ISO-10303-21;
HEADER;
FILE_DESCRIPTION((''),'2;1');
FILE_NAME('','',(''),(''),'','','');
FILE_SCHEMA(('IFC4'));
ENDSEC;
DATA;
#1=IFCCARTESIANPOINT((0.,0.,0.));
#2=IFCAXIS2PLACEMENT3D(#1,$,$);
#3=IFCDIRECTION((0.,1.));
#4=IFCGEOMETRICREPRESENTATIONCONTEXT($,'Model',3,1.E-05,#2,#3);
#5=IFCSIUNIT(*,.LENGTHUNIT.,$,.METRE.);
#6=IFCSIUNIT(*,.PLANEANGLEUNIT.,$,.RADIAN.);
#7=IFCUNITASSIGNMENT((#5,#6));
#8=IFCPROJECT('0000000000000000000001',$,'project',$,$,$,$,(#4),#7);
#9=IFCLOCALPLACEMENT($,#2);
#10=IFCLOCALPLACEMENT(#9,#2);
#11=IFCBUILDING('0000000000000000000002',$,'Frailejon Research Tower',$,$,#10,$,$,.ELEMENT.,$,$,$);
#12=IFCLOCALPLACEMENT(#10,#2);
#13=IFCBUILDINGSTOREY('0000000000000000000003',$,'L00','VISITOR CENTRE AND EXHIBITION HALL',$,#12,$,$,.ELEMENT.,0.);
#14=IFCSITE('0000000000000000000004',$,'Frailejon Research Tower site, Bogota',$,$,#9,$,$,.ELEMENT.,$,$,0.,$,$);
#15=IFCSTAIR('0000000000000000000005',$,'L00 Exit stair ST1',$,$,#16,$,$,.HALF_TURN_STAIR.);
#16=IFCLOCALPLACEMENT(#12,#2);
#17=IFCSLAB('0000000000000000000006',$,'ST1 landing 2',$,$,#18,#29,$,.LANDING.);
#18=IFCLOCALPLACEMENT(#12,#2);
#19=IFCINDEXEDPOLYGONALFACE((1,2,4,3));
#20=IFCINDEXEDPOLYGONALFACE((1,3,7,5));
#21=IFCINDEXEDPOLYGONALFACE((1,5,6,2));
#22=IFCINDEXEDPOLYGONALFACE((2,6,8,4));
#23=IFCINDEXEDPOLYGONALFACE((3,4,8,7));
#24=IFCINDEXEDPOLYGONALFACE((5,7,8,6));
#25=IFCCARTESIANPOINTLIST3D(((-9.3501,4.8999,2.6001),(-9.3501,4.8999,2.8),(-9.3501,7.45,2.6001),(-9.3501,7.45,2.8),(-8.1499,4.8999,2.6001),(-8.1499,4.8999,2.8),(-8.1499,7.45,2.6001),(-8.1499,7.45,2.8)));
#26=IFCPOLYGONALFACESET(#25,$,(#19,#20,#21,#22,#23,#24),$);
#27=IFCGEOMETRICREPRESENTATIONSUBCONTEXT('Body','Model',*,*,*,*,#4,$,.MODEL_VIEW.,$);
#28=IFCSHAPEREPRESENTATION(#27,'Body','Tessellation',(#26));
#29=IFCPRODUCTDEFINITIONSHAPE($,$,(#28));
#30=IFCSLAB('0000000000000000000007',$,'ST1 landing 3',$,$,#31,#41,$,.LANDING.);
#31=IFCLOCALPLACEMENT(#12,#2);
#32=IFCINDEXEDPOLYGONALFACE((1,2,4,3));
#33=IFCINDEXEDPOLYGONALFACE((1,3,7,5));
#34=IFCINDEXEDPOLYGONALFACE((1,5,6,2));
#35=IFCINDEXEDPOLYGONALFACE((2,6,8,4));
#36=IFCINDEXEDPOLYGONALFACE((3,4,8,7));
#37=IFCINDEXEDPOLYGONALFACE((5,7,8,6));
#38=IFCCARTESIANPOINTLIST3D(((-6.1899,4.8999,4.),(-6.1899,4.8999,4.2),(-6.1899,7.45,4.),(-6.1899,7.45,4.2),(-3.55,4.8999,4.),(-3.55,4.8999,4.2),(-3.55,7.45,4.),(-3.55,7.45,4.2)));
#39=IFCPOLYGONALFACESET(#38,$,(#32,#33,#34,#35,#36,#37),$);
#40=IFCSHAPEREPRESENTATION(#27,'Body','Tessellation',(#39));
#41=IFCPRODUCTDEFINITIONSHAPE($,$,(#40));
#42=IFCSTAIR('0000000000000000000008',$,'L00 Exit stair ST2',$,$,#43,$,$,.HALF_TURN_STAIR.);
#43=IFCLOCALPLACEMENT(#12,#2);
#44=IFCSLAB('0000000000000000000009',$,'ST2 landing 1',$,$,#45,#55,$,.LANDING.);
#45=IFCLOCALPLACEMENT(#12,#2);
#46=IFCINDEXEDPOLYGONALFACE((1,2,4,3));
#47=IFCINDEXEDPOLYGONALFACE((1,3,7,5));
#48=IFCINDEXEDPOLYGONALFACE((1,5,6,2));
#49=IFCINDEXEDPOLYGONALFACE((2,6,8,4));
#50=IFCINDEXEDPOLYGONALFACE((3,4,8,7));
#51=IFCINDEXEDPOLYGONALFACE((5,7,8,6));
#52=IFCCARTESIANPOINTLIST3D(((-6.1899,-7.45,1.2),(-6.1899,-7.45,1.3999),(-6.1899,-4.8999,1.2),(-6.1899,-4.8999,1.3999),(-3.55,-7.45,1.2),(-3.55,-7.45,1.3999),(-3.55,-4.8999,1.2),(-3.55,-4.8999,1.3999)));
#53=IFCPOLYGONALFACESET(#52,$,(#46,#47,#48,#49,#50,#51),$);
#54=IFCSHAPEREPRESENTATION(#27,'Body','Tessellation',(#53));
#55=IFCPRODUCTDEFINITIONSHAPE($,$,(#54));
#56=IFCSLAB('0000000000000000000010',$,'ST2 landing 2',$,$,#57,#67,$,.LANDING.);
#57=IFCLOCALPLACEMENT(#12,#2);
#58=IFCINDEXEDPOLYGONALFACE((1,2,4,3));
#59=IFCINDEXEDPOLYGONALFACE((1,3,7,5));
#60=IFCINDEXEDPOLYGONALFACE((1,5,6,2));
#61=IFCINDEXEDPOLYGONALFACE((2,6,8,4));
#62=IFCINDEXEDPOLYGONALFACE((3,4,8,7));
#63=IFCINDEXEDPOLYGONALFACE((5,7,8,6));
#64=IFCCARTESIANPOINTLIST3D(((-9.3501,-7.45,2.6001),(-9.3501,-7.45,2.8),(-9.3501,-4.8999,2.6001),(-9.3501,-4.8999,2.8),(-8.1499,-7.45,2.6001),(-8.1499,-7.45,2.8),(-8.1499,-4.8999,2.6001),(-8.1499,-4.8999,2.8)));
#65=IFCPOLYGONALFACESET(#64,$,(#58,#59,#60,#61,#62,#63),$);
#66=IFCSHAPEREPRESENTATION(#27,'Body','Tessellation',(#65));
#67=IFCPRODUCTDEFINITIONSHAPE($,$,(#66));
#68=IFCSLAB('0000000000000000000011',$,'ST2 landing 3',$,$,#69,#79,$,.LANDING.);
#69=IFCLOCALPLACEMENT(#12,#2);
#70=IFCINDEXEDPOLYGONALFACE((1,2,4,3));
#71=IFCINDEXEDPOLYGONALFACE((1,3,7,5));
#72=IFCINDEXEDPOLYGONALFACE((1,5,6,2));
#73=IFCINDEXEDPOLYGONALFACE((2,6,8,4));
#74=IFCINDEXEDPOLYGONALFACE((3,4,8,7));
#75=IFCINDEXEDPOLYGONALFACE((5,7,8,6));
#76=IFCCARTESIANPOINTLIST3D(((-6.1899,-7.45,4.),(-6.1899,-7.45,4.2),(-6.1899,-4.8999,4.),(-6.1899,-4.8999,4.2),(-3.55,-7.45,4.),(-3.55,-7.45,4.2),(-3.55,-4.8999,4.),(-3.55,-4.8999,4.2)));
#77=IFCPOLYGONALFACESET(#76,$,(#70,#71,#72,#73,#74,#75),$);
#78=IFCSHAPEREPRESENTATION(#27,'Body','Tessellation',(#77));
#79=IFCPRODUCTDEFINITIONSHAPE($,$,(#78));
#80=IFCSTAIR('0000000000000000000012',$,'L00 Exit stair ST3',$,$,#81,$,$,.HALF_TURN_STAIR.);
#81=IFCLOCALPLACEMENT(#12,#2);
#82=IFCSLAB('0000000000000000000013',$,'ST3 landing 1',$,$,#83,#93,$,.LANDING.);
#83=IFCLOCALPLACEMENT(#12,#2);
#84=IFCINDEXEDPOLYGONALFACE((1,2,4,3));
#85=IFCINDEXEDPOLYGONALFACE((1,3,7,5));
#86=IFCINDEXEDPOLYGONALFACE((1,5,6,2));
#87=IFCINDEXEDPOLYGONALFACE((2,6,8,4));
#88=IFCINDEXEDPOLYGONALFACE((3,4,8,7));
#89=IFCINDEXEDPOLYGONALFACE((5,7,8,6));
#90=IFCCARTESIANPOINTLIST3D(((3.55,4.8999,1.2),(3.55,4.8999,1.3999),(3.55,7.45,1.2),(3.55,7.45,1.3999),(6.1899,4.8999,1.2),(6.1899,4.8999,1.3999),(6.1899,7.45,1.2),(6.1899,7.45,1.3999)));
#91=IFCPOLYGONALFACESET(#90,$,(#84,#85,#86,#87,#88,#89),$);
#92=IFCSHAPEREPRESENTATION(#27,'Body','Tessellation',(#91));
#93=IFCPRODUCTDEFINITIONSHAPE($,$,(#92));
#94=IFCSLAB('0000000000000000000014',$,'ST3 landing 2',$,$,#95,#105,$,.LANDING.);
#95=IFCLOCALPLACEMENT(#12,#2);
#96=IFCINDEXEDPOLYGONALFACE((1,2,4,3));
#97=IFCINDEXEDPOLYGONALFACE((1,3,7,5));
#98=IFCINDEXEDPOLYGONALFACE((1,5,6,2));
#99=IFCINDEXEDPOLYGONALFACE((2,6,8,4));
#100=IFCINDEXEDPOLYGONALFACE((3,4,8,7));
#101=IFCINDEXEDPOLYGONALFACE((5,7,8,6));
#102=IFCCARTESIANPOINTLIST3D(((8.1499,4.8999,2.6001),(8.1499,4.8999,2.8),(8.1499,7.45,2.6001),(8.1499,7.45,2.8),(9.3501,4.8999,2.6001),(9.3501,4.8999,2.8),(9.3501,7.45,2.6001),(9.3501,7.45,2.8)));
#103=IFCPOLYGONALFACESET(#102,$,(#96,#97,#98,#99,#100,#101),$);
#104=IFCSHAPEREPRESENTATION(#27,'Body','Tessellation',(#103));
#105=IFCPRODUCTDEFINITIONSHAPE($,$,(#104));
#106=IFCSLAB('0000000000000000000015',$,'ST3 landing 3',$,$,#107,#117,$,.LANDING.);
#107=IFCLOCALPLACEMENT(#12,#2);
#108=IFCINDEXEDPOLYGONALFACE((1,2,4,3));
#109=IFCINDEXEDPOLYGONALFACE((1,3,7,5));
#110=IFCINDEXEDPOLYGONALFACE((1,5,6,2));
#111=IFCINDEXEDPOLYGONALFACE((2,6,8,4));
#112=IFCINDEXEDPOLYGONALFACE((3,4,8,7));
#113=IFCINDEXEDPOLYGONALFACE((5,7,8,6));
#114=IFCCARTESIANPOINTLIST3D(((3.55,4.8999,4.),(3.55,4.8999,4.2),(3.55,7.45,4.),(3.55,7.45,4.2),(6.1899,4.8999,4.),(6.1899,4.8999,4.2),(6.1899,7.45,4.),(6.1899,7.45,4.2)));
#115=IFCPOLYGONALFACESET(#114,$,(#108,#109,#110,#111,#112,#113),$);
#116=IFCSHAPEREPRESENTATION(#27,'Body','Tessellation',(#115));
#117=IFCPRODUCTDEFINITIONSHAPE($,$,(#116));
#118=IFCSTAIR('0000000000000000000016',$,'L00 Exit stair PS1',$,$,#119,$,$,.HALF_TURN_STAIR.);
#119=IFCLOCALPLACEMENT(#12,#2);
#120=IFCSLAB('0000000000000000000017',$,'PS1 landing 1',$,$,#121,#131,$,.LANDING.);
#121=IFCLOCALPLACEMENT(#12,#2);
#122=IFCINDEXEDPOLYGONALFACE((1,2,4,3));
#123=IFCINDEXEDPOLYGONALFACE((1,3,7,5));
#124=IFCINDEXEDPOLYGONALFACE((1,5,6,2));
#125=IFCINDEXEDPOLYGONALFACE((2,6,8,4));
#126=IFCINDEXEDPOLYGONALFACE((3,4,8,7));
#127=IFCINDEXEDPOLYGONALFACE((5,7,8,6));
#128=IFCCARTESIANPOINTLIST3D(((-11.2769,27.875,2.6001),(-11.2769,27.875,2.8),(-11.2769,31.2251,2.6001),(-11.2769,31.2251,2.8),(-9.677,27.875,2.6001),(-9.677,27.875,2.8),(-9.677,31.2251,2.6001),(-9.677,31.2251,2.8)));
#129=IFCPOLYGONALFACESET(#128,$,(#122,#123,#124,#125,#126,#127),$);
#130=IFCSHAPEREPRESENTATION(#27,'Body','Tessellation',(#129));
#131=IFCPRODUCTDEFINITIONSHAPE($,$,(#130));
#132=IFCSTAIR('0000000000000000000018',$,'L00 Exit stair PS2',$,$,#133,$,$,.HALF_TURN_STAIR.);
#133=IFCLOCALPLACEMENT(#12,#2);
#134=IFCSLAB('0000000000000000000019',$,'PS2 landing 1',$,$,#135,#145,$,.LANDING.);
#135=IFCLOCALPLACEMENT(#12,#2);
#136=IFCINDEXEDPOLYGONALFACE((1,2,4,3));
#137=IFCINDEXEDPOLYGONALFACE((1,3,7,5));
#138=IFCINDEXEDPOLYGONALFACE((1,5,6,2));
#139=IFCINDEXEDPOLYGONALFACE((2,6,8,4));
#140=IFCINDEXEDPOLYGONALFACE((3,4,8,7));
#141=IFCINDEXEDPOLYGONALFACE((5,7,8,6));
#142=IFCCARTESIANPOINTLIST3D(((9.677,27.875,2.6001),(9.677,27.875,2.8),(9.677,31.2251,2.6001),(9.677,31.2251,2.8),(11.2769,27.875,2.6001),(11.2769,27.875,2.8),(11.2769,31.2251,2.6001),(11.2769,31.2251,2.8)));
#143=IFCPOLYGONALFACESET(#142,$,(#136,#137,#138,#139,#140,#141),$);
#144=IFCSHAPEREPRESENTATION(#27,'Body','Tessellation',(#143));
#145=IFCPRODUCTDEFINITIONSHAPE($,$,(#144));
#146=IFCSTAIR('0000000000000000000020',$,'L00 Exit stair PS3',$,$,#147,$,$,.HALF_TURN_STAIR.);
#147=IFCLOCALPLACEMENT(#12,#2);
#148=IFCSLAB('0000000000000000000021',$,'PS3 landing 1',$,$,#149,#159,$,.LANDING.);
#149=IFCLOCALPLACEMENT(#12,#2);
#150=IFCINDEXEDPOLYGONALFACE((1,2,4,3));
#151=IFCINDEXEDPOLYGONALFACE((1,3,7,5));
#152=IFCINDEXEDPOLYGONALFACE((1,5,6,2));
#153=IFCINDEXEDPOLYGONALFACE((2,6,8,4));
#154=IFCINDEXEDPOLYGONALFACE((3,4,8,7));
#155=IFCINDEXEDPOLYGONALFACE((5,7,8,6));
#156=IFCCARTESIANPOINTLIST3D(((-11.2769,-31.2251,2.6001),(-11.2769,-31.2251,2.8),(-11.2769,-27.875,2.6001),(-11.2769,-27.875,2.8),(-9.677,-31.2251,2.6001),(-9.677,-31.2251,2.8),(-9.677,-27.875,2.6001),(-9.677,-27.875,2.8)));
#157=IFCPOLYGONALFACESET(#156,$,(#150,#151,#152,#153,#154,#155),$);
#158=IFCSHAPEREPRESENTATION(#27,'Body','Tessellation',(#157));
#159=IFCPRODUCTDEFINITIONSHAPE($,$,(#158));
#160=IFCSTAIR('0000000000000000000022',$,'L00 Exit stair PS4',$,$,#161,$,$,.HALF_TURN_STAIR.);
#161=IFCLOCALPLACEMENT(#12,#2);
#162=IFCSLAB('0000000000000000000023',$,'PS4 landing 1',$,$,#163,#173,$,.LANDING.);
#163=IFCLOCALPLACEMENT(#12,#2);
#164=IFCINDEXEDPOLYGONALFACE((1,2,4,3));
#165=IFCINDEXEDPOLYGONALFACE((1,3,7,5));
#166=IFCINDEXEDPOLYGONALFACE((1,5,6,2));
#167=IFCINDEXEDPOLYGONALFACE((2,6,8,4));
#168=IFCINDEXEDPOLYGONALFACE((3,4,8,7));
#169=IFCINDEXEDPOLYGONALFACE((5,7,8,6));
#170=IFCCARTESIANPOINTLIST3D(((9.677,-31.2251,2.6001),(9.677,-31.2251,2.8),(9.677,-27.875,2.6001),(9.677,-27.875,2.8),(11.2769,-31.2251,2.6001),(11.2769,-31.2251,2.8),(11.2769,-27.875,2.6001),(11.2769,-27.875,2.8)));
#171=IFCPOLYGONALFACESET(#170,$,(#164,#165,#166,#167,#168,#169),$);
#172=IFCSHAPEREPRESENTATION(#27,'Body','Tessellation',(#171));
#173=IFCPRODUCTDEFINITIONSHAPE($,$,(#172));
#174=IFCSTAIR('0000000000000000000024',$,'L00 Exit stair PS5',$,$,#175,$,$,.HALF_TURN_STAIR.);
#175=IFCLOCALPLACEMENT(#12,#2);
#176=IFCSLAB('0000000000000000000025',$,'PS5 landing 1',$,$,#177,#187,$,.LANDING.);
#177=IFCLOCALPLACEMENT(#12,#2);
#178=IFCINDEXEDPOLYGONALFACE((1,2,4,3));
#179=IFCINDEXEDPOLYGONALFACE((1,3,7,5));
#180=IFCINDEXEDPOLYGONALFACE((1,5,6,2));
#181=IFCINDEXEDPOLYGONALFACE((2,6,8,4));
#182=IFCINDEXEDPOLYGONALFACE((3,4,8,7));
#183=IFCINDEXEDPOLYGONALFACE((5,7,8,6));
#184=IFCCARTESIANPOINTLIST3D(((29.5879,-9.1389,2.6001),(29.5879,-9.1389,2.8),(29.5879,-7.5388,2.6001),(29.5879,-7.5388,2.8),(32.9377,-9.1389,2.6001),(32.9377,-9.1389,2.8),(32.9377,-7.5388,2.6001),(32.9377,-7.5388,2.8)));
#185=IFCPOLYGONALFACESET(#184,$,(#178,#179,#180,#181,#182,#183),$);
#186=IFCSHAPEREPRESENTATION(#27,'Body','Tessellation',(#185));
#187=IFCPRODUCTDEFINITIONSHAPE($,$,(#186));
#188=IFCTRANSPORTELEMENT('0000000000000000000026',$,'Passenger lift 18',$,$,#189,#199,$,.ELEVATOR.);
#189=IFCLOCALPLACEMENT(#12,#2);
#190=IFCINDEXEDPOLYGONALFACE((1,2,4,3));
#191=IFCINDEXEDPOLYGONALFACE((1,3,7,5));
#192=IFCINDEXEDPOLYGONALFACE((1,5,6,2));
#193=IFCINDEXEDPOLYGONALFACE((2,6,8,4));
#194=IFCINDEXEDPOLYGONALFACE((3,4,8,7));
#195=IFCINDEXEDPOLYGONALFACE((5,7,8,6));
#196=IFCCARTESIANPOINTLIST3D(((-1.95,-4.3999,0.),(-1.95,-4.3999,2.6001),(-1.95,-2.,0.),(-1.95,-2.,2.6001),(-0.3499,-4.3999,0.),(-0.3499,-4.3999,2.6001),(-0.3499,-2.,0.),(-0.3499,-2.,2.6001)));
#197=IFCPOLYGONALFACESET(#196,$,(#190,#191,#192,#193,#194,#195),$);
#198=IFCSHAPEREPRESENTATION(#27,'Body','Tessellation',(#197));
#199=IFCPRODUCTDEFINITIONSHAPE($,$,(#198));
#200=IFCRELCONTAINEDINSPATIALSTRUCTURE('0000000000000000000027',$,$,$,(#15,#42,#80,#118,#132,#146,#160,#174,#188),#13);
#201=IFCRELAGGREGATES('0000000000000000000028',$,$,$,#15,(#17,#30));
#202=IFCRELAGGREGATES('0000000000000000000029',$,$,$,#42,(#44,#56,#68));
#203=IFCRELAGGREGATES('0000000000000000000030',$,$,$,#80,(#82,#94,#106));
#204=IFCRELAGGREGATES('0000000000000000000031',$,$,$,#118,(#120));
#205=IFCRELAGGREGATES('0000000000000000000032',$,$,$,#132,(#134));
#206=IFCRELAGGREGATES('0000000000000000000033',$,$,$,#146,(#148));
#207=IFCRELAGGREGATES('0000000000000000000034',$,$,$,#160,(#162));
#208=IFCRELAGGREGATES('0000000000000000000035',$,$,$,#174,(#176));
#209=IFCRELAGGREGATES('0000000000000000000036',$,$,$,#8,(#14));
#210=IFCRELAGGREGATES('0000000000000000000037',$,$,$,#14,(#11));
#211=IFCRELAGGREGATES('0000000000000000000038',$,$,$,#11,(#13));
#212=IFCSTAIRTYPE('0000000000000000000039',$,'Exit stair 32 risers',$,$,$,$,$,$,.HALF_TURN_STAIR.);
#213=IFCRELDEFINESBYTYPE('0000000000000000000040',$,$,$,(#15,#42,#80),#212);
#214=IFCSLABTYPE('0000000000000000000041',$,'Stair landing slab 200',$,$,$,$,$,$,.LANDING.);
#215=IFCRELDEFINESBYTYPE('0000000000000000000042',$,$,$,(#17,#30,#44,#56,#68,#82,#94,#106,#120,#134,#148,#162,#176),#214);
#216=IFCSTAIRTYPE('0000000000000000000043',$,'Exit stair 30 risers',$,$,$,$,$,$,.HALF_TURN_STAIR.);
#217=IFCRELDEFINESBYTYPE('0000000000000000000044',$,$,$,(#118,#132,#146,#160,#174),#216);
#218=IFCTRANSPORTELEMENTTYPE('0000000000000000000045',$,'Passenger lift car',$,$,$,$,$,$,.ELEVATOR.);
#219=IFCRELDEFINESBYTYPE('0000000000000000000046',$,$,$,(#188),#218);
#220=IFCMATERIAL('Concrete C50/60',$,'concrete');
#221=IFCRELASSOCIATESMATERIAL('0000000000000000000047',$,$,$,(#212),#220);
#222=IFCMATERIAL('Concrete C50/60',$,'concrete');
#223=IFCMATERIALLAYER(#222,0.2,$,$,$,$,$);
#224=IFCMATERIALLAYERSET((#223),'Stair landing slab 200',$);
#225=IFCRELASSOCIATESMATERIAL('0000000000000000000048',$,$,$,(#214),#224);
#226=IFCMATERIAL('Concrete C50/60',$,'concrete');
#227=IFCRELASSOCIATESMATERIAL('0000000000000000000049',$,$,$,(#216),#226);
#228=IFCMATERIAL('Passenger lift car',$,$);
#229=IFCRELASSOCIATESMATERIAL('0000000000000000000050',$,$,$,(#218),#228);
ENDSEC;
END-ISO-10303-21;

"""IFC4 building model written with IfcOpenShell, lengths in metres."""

from ifc_helpers import new_model, si_unit, direction, frame, origin, origin_2d, place, context, subcontext, project, spatial, polyline, rectangle, outline, extrude, material, layer, layer_set, type_object, element, aggregate, save


model = new_model("IFC4")

# Units and contexts
model_context = context("Model", 3, precision=1e-05, world=origin(), true_north=direction((0.0, 1.0)))
body_context = subcontext(model_context, "Body", "Model", "MODEL_VIEW")
ifc_project = project(units=[si_unit("LENGTHUNIT", "METRE"), si_unit("PLANEANGLEUNIT", "RADIAN")], contexts=[model_context])

# Site, building, storey
site_placement = place(None, origin())
site = spatial("IfcSite", under=ifc_project, at=site_placement, Name="Frailejon Research Tower site, Bogota", CompositionType="ELEMENT", RefElevation=0.0)
building_placement = place(site_placement, origin())
building = spatial("IfcBuilding", under=site, at=building_placement, Name="Frailejon Research Tower", CompositionType="ELEMENT")
storey_placement = place(building_placement, origin())
storey = spatial("IfcBuildingStorey", under=building, at=storey_placement, Name="L00", Description="VISITOR CENTRE AND EXHIBITION HALL", CompositionType="ELEMENT", Elevation=0.0)

# Stairs, slabs
ifc_material_1 = material(Name="Concrete C50/60", Category="concrete")
stair_type_1 = type_object("IfcStairType", Name="Exit stair 32 risers", PredefinedType="HALF_TURN_STAIR", material=ifc_material_1)
stair_1_placement = place(storey_placement, origin())
stair_1 = element("IfcStair", 1, at=stair_1_placement, inside=storey, type_object=stair_type_1, Name="L00 Exit stair ST1", PredefinedType="HALF_TURN_STAIR")
ifc_material_2 = material(Name="Concrete C50/60", Category="concrete")
ifc_layer_1 = layer(ifc_material_2, 0.2)
ifc_layer_set_1 = layer_set([ifc_layer_1], Name="Stair landing slab 200")
slab_type_1 = type_object("IfcSlabType", Name="Stair landing slab 200", PredefinedType="LANDING", material=ifc_layer_set_1)
slab_1_placement = place(storey_placement, frame((0.0, 0.0, 2.6001)))
slab_1 = element("IfcSlab", 2, at=slab_1_placement, type_object=slab_type_1, Name="ST1 landing 2", PredefinedType="LANDING", context=body_context, shape_type="SweptSolid", body=[
    extrude(outline(polyline([(-9.3501, 4.8999), (-8.1499, 4.8999), (-8.1499, 7.45), (-9.3501, 7.45), (-9.3501, 4.8999)])), origin(), (0.0, 0.0, 1.0), 0.2),
])
slab_2_placement = place(storey_placement, frame((0.0, 0.0, 4.0)))
slab_2 = element("IfcSlab", 3, at=slab_2_placement, type_object=slab_type_1, Name="ST1 landing 3", PredefinedType="LANDING", context=body_context, shape_type="SweptSolid", body=[
    extrude(outline(polyline([(-6.1899, 4.8999), (-3.55, 4.8999), (-3.55, 7.45), (-6.1899, 7.45), (-6.1899, 4.8999)])), origin(), (0.0, 0.0, 1.0), 0.2),
])
aggregate(stair_1, [slab_1, slab_2])
stair_2_placement = place(storey_placement, origin())
stair_2 = element("IfcStair", 4, at=stair_2_placement, inside=storey, type_object=stair_type_1, Name="L00 Exit stair ST2", PredefinedType="HALF_TURN_STAIR")
slab_3_placement = place(storey_placement, frame((0.0, 0.0, 1.2)))
slab_3 = element("IfcSlab", 5, at=slab_3_placement, type_object=slab_type_1, Name="ST2 landing 1", PredefinedType="LANDING", context=body_context, shape_type="SweptSolid", body=[
    extrude(outline(polyline([(-6.1899, -7.45), (-3.55, -7.45), (-3.55, -4.8999), (-6.1899, -4.8999), (-6.1899, -7.45)])), origin(), (0.0, 0.0, 1.0), 0.2),
])
slab_4_placement = place(storey_placement, frame((0.0, 0.0, 2.6001)))
slab_4 = element("IfcSlab", 6, at=slab_4_placement, type_object=slab_type_1, Name="ST2 landing 2", PredefinedType="LANDING", context=body_context, shape_type="SweptSolid", body=[
    extrude(outline(polyline([(-9.3501, -7.45), (-8.1499, -7.45), (-8.1499, -4.8999), (-9.3501, -4.8999), (-9.3501, -7.45)])), origin(), (0.0, 0.0, 1.0), 0.2),
])
slab_5_placement = place(storey_placement, frame((0.0, 0.0, 4.0)))
slab_5 = element("IfcSlab", 7, at=slab_5_placement, type_object=slab_type_1, Name="ST2 landing 3", PredefinedType="LANDING", context=body_context, shape_type="SweptSolid", body=[
    extrude(outline(polyline([(-6.1899, -7.45), (-3.55, -7.45), (-3.55, -4.8999), (-6.1899, -4.8999), (-6.1899, -7.45)])), origin(), (0.0, 0.0, 1.0), 0.2),
])
aggregate(stair_2, [slab_3, slab_4, slab_5])
stair_3_placement = place(storey_placement, origin())
stair_3 = element("IfcStair", 8, at=stair_3_placement, inside=storey, type_object=stair_type_1, Name="L00 Exit stair ST3", PredefinedType="HALF_TURN_STAIR")
slab_6_placement = place(storey_placement, frame((0.0, 0.0, 1.2)))
slab_6 = element("IfcSlab", 9, at=slab_6_placement, type_object=slab_type_1, Name="ST3 landing 1", PredefinedType="LANDING", context=body_context, shape_type="SweptSolid", body=[
    extrude(outline(polyline([(6.1899, 7.45), (3.55, 7.45), (3.55, 4.8999), (6.1899, 4.8999), (6.1899, 7.45)])), origin(), (0.0, 0.0, 1.0), 0.2),
])
slab_7_placement = place(storey_placement, frame((0.0, 0.0, 2.6001)))
slab_7 = element("IfcSlab", 10, at=slab_7_placement, type_object=slab_type_1, Name="ST3 landing 2", PredefinedType="LANDING", context=body_context, shape_type="SweptSolid", body=[
    extrude(outline(polyline([(9.3501, 7.45), (8.1499, 7.45), (8.1499, 4.8999), (9.3501, 4.8999), (9.3501, 7.45)])), origin(), (0.0, 0.0, 1.0), 0.2),
])
slab_8_placement = place(storey_placement, frame((0.0, 0.0, 4.0)))
slab_8 = element("IfcSlab", 11, at=slab_8_placement, type_object=slab_type_1, Name="ST3 landing 3", PredefinedType="LANDING", context=body_context, shape_type="SweptSolid", body=[
    extrude(outline(polyline([(6.1899, 7.45), (3.55, 7.45), (3.55, 4.8999), (6.1899, 4.8999), (6.1899, 7.45)])), origin(), (0.0, 0.0, 1.0), 0.2),
])
aggregate(stair_3, [slab_6, slab_7, slab_8])

# Stairs, slabs
ifc_material_3 = material(Name="Concrete C50/60", Category="concrete")
stair_type_2 = type_object("IfcStairType", Name="Exit stair 30 risers", PredefinedType="HALF_TURN_STAIR", material=ifc_material_3)
stair_4_placement = place(storey_placement, origin())
stair_4 = element("IfcStair", 12, at=stair_4_placement, inside=storey, type_object=stair_type_2, Name="L00 Exit stair PS1", PredefinedType="HALF_TURN_STAIR")
slab_9_placement = place(storey_placement, frame((0.0, 0.0, 2.6001)))
slab_9 = element("IfcSlab", 13, at=slab_9_placement, type_object=slab_type_1, Name="PS1 landing 1", PredefinedType="LANDING", context=body_context, shape_type="SweptSolid", body=[
    extrude(outline(polyline([(-9.677, 31.2251), (-11.2769, 31.2251), (-11.2769, 27.875), (-9.677, 27.875), (-9.677, 31.2251)])), origin(), (0.0, 0.0, 1.0), 0.2),
])
aggregate(stair_4, [slab_9])
stair_5_placement = place(storey_placement, origin())
stair_5 = element("IfcStair", 14, at=stair_5_placement, inside=storey, type_object=stair_type_2, Name="L00 Exit stair PS2", PredefinedType="HALF_TURN_STAIR")
slab_10_placement = place(storey_placement, frame((0.0, 0.0, 2.6001)))
slab_10 = element("IfcSlab", 15, at=slab_10_placement, type_object=slab_type_1, Name="PS2 landing 1", PredefinedType="LANDING", context=body_context, shape_type="SweptSolid", body=[
    extrude(outline(polyline([(9.677, 27.875), (11.2769, 27.875), (11.2769, 31.2251), (9.677, 31.2251), (9.677, 27.875)])), origin(), (0.0, 0.0, 1.0), 0.2),
])
aggregate(stair_5, [slab_10])
stair_6_placement = place(storey_placement, origin())
stair_6 = element("IfcStair", 16, at=stair_6_placement, inside=storey, type_object=stair_type_2, Name="L00 Exit stair PS3", PredefinedType="HALF_TURN_STAIR")
slab_11_placement = place(storey_placement, frame((0.0, 0.0, 2.6001)))
slab_11 = element("IfcSlab", 17, at=slab_11_placement, type_object=slab_type_1, Name="PS3 landing 1", PredefinedType="LANDING", context=body_context, shape_type="SweptSolid", body=[
    extrude(outline(polyline([(-9.677, -27.875), (-11.2769, -27.875), (-11.2769, -31.2251), (-9.677, -31.2251), (-9.677, -27.875)])), origin(), (0.0, 0.0, 1.0), 0.2),
])
aggregate(stair_6, [slab_11])
stair_7_placement = place(storey_placement, origin())
stair_7 = element("IfcStair", 18, at=stair_7_placement, inside=storey, type_object=stair_type_2, Name="L00 Exit stair PS4", PredefinedType="HALF_TURN_STAIR")
slab_12_placement = place(storey_placement, frame((0.0, 0.0, 2.6001)))
slab_12 = element("IfcSlab", 19, at=slab_12_placement, type_object=slab_type_1, Name="PS4 landing 1", PredefinedType="LANDING", context=body_context, shape_type="SweptSolid", body=[
    extrude(outline(polyline([(9.677, -31.2251), (11.2769, -31.2251), (11.2769, -27.875), (9.677, -27.875), (9.677, -31.2251)])), origin(), (0.0, 0.0, 1.0), 0.2),
])
aggregate(stair_7, [slab_12])
stair_8_placement = place(storey_placement, origin())
stair_8 = element("IfcStair", 20, at=stair_8_placement, inside=storey, type_object=stair_type_2, Name="L00 Exit stair PS5", PredefinedType="HALF_TURN_STAIR")
slab_13_placement = place(storey_placement, frame((0.0, 0.0, 2.6001)))
slab_13 = element("IfcSlab", 21, at=slab_13_placement, type_object=slab_type_1, Name="PS5 landing 1", PredefinedType="LANDING", context=body_context, shape_type="SweptSolid", body=[
    extrude(outline(polyline([(29.5879, -7.5388), (29.5879, -9.1389), (32.9377, -9.1389), (32.9377, -7.5388), (29.5879, -7.5388)])), origin(), (0.0, 0.0, 1.0), 0.2),
])
aggregate(stair_8, [slab_13])

# Transport element
ifc_material_4 = material(Name="Passenger lift car")
transport_element_type = type_object("IfcTransportElementType", Name="Passenger lift car", PredefinedType="ELEVATOR", material=ifc_material_4)
transport_element_placement = place(storey_placement, frame((-1.1499, -3.2, 0.0), z_axis=(0.0, 0.0, 1.0), x_axis=(1.0, 0.0, 0.0)))
element("IfcTransportElement", 22, at=transport_element_placement, inside=storey, type_object=transport_element_type, Name="Passenger lift 18", PredefinedType="ELEVATOR", context=body_context, shape_type="SweptSolid", body=[
    extrude(rectangle(XDim=1.6001, YDim=2.3999, at=origin_2d()), origin(), (0.0, 0.0, 1.0), 2.6001),
])

save(model, "model.ifc")
